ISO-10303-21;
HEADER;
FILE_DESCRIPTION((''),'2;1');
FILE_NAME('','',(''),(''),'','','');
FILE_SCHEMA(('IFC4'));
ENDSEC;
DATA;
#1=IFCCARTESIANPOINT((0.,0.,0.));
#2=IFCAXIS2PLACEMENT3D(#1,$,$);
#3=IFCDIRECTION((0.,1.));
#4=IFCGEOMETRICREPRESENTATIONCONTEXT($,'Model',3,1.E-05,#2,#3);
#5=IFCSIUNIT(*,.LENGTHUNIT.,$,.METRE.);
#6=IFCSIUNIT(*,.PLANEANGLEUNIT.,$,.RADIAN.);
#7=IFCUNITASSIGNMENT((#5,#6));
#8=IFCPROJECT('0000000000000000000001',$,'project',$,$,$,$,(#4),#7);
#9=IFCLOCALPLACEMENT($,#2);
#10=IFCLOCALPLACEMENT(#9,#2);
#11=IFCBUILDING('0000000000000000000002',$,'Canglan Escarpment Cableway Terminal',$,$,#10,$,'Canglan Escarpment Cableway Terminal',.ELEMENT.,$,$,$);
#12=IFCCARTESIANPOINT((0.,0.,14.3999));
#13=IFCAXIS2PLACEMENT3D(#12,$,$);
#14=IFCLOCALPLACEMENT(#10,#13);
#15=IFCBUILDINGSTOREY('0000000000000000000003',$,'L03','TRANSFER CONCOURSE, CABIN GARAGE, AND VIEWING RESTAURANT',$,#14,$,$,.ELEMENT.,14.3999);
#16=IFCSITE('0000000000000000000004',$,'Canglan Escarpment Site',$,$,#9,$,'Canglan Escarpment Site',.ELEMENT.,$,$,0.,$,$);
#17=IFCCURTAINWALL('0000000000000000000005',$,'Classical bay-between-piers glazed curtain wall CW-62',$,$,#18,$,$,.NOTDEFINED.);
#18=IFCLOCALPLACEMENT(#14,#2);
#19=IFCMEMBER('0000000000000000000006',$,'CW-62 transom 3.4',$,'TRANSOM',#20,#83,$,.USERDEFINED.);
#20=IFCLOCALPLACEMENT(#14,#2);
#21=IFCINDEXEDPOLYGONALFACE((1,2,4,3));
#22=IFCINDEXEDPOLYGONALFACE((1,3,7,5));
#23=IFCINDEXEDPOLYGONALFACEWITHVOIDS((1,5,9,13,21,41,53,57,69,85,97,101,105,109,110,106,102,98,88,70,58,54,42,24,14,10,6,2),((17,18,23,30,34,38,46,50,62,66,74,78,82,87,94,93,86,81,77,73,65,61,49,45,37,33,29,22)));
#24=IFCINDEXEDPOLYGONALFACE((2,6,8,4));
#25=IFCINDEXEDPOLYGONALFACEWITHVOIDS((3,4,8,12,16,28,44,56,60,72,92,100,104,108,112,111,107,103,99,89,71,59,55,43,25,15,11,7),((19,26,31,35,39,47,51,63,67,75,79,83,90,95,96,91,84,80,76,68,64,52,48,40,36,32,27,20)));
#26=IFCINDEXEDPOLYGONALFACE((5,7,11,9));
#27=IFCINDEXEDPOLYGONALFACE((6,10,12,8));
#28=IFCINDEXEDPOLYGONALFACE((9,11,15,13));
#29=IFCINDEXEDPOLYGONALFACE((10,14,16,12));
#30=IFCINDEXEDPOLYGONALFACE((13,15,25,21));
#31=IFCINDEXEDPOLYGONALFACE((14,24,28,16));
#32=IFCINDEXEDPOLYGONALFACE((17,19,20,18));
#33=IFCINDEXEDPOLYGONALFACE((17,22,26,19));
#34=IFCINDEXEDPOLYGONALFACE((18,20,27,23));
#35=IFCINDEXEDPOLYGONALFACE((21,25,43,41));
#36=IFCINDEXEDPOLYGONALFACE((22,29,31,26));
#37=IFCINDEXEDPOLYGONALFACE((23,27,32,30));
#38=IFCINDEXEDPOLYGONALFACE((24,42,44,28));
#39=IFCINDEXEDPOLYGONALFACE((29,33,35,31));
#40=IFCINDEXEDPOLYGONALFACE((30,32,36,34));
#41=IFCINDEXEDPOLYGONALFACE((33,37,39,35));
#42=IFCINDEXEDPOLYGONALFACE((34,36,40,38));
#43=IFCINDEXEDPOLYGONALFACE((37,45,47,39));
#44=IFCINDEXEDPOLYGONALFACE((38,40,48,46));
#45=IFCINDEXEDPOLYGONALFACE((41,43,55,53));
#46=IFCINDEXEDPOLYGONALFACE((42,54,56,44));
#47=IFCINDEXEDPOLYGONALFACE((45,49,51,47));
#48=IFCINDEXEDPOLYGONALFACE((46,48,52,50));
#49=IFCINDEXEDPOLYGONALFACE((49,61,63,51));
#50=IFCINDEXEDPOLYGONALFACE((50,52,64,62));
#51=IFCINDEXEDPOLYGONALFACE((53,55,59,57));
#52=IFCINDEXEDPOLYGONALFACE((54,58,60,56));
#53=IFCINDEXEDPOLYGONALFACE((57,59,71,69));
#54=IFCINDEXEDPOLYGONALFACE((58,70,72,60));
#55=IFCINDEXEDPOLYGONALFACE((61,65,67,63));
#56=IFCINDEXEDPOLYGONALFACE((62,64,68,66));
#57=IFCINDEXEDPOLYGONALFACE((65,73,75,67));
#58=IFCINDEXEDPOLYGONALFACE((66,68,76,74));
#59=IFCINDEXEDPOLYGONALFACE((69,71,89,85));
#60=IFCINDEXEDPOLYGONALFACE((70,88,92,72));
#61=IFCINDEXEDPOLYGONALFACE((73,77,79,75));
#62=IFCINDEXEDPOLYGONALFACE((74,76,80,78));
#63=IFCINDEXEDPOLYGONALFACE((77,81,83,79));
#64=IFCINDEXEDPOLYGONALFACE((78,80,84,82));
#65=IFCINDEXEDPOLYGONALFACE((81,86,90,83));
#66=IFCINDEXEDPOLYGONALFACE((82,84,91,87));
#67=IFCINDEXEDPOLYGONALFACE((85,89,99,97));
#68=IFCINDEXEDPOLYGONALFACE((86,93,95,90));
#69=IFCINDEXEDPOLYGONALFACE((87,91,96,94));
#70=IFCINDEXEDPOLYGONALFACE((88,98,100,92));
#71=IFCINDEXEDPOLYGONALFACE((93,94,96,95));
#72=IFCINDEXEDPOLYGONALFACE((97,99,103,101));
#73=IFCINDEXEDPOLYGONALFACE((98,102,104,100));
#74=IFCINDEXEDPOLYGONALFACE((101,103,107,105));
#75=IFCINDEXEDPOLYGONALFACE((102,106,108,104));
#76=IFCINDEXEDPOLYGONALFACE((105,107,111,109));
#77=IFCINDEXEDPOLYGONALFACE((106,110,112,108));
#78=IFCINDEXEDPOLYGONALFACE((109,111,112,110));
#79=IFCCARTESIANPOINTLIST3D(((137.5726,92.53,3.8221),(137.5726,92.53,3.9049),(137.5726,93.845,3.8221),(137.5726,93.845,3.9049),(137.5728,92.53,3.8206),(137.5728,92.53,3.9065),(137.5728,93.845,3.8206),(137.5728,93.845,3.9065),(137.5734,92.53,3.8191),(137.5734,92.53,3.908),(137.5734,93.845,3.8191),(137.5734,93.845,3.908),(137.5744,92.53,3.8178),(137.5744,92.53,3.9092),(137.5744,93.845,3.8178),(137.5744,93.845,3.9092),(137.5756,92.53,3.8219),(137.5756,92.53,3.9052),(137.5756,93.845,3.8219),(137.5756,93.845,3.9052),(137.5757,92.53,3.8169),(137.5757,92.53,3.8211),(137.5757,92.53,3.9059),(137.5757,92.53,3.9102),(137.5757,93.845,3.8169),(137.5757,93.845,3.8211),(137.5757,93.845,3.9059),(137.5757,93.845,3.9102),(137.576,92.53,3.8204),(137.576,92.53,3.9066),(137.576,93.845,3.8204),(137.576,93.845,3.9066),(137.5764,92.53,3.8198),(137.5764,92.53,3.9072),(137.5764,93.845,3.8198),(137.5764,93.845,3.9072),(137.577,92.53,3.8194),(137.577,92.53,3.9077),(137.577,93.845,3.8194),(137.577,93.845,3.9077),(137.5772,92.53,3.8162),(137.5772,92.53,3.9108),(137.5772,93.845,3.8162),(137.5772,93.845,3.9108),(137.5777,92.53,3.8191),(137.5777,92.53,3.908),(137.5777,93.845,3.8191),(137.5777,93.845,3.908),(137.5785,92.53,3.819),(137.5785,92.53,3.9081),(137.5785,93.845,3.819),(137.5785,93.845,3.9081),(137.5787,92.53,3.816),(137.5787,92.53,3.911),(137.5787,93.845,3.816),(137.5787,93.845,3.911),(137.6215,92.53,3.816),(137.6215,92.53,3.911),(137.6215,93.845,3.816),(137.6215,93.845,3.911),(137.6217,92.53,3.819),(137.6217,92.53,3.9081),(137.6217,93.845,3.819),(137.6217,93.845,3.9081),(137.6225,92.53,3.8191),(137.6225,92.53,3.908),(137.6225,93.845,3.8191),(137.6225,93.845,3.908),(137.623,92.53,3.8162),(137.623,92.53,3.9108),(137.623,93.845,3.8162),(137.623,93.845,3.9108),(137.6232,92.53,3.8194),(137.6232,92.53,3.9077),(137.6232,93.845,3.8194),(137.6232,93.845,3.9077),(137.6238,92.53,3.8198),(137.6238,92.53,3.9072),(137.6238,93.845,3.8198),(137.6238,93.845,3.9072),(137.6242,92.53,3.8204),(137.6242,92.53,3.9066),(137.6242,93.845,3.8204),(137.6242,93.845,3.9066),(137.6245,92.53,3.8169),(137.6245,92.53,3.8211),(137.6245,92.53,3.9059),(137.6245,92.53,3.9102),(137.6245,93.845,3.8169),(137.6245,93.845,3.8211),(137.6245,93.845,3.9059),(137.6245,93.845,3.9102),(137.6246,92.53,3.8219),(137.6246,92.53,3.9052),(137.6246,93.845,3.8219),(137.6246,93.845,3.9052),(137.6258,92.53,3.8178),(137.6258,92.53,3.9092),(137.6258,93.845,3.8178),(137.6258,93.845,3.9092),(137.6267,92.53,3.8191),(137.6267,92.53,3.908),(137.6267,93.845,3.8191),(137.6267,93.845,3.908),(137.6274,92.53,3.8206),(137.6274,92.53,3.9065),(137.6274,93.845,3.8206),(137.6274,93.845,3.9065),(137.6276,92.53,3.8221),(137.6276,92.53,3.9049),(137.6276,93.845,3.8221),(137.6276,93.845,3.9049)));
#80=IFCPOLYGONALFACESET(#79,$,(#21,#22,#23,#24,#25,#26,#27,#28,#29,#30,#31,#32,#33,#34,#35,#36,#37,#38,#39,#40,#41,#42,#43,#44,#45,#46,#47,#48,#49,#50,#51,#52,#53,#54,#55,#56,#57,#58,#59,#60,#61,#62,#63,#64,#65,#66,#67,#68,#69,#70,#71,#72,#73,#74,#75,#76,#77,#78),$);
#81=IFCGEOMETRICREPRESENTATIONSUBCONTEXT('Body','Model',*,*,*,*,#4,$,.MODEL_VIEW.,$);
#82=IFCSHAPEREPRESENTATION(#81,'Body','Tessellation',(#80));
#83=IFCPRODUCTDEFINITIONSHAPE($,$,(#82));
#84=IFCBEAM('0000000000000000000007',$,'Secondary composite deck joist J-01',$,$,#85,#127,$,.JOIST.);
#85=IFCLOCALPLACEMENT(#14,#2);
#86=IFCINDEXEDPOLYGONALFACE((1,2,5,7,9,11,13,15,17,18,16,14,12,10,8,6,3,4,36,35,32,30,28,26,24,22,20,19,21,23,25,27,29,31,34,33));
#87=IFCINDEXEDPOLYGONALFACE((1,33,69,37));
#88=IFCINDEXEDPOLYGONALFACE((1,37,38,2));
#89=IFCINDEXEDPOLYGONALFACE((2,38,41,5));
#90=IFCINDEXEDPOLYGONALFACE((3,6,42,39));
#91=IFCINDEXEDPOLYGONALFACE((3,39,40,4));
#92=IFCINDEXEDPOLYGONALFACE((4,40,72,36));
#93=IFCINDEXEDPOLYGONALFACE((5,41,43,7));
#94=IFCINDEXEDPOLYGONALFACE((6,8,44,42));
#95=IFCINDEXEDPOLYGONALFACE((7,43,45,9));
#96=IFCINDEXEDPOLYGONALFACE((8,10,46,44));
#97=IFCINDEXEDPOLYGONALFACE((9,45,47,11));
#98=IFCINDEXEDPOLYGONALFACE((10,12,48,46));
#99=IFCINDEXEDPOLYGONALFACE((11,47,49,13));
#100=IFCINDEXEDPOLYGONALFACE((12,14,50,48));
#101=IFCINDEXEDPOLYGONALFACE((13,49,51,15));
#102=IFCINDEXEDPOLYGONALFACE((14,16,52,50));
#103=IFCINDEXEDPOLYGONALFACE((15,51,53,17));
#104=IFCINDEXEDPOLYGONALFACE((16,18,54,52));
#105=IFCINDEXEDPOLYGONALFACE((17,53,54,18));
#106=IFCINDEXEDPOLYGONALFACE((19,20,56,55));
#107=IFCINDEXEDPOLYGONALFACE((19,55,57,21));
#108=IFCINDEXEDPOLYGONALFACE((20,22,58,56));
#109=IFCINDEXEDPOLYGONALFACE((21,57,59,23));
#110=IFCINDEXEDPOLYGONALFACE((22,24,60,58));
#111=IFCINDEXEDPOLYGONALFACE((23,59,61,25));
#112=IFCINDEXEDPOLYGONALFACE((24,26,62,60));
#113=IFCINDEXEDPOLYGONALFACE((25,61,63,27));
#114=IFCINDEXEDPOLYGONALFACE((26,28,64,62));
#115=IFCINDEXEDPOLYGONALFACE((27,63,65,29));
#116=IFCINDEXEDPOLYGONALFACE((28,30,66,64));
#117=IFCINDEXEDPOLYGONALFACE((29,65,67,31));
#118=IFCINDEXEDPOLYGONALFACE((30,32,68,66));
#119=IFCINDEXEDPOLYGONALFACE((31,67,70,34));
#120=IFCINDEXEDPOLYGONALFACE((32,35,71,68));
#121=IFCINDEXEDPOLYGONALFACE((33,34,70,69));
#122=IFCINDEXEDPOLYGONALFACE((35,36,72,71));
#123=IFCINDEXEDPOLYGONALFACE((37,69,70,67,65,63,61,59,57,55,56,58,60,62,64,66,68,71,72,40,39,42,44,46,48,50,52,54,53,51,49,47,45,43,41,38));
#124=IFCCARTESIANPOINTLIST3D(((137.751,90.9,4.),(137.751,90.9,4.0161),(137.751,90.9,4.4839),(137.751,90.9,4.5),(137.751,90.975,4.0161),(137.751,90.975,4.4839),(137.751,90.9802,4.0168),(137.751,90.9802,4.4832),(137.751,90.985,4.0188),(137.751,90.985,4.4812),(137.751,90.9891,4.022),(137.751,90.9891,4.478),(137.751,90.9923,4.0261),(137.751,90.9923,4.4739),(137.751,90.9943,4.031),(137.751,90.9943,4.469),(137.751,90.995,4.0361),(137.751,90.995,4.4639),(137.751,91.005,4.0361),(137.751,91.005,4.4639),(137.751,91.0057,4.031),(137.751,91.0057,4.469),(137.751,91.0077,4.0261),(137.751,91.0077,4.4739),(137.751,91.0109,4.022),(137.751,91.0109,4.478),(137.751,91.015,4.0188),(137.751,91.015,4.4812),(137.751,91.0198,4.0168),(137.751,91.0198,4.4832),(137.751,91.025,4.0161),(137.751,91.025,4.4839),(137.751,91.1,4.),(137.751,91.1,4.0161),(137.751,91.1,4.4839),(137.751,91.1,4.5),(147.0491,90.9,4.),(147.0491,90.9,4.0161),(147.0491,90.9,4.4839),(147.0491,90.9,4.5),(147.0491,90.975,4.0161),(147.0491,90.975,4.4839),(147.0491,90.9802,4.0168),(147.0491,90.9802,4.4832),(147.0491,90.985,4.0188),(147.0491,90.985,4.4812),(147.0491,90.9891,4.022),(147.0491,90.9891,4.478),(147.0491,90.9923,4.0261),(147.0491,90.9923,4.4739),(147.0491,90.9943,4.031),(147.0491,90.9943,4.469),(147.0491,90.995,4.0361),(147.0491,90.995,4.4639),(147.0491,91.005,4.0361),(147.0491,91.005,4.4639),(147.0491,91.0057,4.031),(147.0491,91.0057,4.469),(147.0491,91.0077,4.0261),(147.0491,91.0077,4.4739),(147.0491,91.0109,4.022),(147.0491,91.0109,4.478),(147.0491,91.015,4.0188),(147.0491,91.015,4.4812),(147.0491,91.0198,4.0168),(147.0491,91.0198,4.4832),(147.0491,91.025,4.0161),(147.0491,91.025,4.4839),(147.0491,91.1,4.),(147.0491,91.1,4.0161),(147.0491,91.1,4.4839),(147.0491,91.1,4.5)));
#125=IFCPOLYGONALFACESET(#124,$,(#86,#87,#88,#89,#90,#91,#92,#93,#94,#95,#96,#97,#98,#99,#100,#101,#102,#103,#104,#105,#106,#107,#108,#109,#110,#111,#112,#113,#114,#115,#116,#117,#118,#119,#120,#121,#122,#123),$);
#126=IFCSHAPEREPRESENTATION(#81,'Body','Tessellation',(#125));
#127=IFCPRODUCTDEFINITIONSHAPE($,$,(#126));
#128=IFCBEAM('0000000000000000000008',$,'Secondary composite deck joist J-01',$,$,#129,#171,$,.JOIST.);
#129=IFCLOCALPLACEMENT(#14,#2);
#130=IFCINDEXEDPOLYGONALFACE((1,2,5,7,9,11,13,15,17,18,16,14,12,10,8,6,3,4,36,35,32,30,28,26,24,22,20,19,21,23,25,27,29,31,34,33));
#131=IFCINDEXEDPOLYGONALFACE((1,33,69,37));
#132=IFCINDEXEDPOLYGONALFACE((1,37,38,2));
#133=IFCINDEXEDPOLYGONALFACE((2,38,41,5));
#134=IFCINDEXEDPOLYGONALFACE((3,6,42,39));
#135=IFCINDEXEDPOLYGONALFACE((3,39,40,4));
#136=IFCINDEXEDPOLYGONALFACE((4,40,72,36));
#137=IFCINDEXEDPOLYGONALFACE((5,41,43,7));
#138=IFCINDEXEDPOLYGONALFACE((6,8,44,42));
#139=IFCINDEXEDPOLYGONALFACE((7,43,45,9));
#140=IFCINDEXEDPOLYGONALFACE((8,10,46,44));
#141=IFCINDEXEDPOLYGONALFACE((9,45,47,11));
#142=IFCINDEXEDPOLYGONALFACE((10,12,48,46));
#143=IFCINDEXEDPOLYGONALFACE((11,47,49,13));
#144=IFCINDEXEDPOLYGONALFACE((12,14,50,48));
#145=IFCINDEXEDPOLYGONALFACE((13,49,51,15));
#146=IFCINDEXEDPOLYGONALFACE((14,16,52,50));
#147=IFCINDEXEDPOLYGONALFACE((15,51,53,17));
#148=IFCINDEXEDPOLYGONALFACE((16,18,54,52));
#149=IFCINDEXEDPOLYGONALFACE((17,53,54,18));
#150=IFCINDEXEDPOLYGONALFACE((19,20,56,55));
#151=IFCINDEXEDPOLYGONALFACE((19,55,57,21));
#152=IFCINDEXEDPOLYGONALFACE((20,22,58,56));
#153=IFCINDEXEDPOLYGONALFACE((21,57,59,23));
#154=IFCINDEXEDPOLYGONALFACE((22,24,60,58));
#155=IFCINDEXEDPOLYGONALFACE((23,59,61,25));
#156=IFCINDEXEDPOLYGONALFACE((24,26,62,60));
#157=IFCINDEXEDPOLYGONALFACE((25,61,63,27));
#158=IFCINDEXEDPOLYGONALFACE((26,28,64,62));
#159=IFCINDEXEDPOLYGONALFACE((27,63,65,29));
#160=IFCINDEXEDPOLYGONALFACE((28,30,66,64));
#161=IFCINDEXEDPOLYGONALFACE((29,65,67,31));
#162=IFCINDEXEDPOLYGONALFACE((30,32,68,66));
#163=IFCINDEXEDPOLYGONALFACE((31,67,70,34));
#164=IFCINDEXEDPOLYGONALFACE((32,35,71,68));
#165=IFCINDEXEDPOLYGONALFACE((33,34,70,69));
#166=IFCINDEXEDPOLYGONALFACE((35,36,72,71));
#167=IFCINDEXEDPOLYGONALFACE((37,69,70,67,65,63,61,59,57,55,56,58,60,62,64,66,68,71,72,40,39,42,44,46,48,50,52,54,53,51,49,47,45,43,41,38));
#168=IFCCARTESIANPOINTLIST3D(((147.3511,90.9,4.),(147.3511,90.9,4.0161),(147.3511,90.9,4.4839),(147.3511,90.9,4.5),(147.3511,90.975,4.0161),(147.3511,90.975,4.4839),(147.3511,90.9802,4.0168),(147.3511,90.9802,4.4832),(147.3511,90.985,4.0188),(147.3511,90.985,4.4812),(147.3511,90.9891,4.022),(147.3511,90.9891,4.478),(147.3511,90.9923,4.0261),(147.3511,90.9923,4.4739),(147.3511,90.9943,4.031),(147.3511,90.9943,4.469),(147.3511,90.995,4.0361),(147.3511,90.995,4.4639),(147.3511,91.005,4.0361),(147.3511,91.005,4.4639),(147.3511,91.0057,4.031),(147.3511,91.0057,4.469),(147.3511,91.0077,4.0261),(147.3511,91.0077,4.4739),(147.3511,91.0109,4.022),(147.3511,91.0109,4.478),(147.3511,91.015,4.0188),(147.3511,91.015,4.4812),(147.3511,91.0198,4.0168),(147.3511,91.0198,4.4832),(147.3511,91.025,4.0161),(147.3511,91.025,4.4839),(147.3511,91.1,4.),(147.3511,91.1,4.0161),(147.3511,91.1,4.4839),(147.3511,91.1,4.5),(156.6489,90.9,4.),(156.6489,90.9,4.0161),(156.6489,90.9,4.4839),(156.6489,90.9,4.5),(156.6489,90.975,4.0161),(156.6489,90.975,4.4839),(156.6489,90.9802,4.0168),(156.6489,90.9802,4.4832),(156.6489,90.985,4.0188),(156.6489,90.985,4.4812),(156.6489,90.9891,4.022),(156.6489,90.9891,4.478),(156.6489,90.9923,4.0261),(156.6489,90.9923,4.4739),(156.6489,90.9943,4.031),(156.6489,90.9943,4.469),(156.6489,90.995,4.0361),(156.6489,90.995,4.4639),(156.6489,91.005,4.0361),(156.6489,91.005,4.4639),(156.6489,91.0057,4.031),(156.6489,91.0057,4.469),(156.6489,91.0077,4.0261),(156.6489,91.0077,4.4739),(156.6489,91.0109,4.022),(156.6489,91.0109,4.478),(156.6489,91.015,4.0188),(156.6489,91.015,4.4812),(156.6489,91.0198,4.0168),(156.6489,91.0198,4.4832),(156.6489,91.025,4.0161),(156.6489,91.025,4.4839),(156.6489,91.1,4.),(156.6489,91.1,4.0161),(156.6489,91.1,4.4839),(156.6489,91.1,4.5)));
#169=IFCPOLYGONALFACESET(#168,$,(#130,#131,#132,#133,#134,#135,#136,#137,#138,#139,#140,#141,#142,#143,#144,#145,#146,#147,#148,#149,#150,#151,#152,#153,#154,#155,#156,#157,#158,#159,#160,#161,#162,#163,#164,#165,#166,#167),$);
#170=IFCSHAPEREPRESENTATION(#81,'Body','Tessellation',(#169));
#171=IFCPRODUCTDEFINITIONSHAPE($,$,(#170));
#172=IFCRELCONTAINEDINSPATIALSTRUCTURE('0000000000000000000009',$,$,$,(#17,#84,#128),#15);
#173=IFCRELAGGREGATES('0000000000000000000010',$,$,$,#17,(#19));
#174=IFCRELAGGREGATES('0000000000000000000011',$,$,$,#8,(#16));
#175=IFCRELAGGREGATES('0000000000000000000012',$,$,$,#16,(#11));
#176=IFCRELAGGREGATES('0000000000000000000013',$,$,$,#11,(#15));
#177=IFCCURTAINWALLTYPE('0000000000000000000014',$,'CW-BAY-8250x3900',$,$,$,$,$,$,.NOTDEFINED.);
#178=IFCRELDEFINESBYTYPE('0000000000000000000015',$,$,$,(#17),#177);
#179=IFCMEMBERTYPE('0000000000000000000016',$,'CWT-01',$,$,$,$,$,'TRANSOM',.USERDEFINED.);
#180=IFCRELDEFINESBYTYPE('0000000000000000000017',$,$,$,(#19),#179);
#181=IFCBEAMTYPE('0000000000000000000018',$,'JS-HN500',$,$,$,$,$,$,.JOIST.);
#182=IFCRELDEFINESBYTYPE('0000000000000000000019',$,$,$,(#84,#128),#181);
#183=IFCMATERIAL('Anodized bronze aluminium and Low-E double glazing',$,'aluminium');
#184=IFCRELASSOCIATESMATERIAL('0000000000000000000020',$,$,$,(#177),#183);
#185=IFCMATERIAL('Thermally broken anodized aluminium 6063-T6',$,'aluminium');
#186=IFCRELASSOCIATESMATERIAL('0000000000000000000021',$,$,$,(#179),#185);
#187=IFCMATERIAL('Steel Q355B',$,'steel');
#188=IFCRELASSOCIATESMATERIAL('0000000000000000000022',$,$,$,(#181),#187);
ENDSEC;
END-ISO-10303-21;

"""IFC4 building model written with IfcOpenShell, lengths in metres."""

from ifc_helpers import new_model, si_unit, direction, frame, origin, origin_2d, place, context, subcontext, project, spatial, hollow_rectangle, i_section, extrude, material, material_profile, profile_set, type_object, element, aggregate, save


model = new_model("IFC4")

# Units and contexts
model_context = context("Model", 3, precision=1e-05, world=origin(), true_north=direction((0.0, 1.0)))
body_context = subcontext(model_context, "Body", "Model", "MODEL_VIEW")
ifc_project = project(units=[si_unit("LENGTHUNIT", "METRE"), si_unit("PLANEANGLEUNIT", "RADIAN")], contexts=[model_context])

# Site, building, storey
site_placement = place(None, origin())
site = spatial("IfcSite", under=ifc_project, at=site_placement, Name="Canglan Escarpment Site", LongName="Canglan Escarpment Site", CompositionType="ELEMENT", RefElevation=0.0)
building_placement = place(site_placement, origin())
building = spatial("IfcBuilding", under=site, at=building_placement, Name="Canglan Escarpment Cableway Terminal", LongName="Canglan Escarpment Cableway Terminal", CompositionType="ELEMENT")
storey_placement = place(building_placement, frame((0.0, 0.0, 14.3999)))
storey = spatial("IfcBuildingStorey", under=building, at=storey_placement, Name="L03", Description="TRANSFER CONCOURSE, CABIN GARAGE, AND VIEWING RESTAURANT", CompositionType="ELEMENT", Elevation=14.3999)

# Curtain wall, member
ifc_material_1 = material(Name="Anodized bronze aluminium and Low-E double glazing", Category="aluminium")
curtain_wall_type = type_object("IfcCurtainWallType", Name="CW-BAY-8250x3900", PredefinedType="NOTDEFINED", material=ifc_material_1)
curtain_wall_placement = place(storey_placement, origin())
curtain_wall = element("IfcCurtainWall", 1, at=curtain_wall_placement, inside=storey, type_object=curtain_wall_type, Name="Classical bay-between-piers glazed curtain wall CW-62", PredefinedType="NOTDEFINED")
ifc_material_2 = material(Name="Thermally broken anodized aluminium 6063-T6", Category="aluminium")
ifc_material_profile_1 = material_profile(ifc_material_2, hollow_rectangle(XDim=0.0549, YDim=0.095, WallThickness=0.0029, InnerFilletRadius=0.0029, OuterFilletRadius=0.0061, at=origin_2d()), Name="ALU-TRAN 55x95x3")
ifc_profile_set_1 = profile_set([ifc_material_profile_1], Name="Thermally broken anodized aluminium 6063-T6")
member_type_1 = type_object("IfcMemberType", Name="CWT-01", ElementType="TRANSOM", PredefinedType="USERDEFINED", material=ifc_profile_set_1)
member_1_placement = place(storey_placement, frame((137.6001, 93.845, 3.8635), z_axis=(0.0, -1.0, 0.0), x_axis=(1.0, 0.0, 0.0)))
member_1 = element("IfcMember", 2, at=member_1_placement, type_object=member_type_1, Name="CW-62 transom 3.4", ObjectType="TRANSOM", PredefinedType="USERDEFINED", context=body_context, shape_type="SweptSolid", body=[
    extrude(hollow_rectangle(XDim=0.0549, YDim=0.095, WallThickness=0.0029, InnerFilletRadius=0.0029, OuterFilletRadius=0.0061, at=origin_2d()), origin(), (0.0, 0.0, 1.0), 1.3149),
])

# Beams
ifc_material_3 = material(Name="Steel Q355B", Category="steel")
ifc_material_profile_2 = material_profile(ifc_material_3, i_section(OverallWidth=0.2, OverallDepth=0.5, WebThickness=0.01, FlangeThickness=0.0161, FilletRadius=0.02, at=origin_2d()), Name="HN 500x200x10x16")
ifc_profile_set_2 = profile_set([ifc_material_profile_2], Name="Steel Q355B")
beam_type_1 = type_object("IfcBeamType", Name="JS-HN500", PredefinedType="JOIST", material=ifc_profile_set_2)
beam_1_placement = place(storey_placement, frame((137.751, 91.0, 4.25), z_axis=(1.0, 0.0, 0.0), x_axis=(0.0, 1.0, 0.0)))
element("IfcBeam", 3, at=beam_1_placement, inside=storey, type_object=beam_type_1, Name="Secondary composite deck joist J-01", PredefinedType="JOIST", context=body_context, shape_type="SweptSolid", body=[
    extrude(i_section(OverallWidth=0.2, OverallDepth=0.5, WebThickness=0.01, FlangeThickness=0.0161, FilletRadius=0.02, at=origin_2d()), origin(), (0.0, 0.0, 1.0), 9.2981),
])
for number, where, z_axis, x_axis, name in (
    (4, (147.3511, 91.0, 4.25), (1.0, 0.0, 0.0), (0.0, 1.0, 0.0), "Secondary composite deck joist J-01"),
):
    element("IfcBeam", number, at=place(storey_placement, frame(where, z_axis=z_axis, x_axis=x_axis)), inside=storey, type_object=beam_type_1, Name=name, PredefinedType="JOIST", context=body_context, shape_type="SweptSolid", body=[
        extrude(i_section(OverallWidth=0.2, OverallDepth=0.5, WebThickness=0.01, FlangeThickness=0.0161, FilletRadius=0.02, at=origin_2d()), origin(), (0.0, 0.0, 1.0), 9.2979),
    ])

aggregate(curtain_wall, [member_1])

save(model, "model.ifc")
